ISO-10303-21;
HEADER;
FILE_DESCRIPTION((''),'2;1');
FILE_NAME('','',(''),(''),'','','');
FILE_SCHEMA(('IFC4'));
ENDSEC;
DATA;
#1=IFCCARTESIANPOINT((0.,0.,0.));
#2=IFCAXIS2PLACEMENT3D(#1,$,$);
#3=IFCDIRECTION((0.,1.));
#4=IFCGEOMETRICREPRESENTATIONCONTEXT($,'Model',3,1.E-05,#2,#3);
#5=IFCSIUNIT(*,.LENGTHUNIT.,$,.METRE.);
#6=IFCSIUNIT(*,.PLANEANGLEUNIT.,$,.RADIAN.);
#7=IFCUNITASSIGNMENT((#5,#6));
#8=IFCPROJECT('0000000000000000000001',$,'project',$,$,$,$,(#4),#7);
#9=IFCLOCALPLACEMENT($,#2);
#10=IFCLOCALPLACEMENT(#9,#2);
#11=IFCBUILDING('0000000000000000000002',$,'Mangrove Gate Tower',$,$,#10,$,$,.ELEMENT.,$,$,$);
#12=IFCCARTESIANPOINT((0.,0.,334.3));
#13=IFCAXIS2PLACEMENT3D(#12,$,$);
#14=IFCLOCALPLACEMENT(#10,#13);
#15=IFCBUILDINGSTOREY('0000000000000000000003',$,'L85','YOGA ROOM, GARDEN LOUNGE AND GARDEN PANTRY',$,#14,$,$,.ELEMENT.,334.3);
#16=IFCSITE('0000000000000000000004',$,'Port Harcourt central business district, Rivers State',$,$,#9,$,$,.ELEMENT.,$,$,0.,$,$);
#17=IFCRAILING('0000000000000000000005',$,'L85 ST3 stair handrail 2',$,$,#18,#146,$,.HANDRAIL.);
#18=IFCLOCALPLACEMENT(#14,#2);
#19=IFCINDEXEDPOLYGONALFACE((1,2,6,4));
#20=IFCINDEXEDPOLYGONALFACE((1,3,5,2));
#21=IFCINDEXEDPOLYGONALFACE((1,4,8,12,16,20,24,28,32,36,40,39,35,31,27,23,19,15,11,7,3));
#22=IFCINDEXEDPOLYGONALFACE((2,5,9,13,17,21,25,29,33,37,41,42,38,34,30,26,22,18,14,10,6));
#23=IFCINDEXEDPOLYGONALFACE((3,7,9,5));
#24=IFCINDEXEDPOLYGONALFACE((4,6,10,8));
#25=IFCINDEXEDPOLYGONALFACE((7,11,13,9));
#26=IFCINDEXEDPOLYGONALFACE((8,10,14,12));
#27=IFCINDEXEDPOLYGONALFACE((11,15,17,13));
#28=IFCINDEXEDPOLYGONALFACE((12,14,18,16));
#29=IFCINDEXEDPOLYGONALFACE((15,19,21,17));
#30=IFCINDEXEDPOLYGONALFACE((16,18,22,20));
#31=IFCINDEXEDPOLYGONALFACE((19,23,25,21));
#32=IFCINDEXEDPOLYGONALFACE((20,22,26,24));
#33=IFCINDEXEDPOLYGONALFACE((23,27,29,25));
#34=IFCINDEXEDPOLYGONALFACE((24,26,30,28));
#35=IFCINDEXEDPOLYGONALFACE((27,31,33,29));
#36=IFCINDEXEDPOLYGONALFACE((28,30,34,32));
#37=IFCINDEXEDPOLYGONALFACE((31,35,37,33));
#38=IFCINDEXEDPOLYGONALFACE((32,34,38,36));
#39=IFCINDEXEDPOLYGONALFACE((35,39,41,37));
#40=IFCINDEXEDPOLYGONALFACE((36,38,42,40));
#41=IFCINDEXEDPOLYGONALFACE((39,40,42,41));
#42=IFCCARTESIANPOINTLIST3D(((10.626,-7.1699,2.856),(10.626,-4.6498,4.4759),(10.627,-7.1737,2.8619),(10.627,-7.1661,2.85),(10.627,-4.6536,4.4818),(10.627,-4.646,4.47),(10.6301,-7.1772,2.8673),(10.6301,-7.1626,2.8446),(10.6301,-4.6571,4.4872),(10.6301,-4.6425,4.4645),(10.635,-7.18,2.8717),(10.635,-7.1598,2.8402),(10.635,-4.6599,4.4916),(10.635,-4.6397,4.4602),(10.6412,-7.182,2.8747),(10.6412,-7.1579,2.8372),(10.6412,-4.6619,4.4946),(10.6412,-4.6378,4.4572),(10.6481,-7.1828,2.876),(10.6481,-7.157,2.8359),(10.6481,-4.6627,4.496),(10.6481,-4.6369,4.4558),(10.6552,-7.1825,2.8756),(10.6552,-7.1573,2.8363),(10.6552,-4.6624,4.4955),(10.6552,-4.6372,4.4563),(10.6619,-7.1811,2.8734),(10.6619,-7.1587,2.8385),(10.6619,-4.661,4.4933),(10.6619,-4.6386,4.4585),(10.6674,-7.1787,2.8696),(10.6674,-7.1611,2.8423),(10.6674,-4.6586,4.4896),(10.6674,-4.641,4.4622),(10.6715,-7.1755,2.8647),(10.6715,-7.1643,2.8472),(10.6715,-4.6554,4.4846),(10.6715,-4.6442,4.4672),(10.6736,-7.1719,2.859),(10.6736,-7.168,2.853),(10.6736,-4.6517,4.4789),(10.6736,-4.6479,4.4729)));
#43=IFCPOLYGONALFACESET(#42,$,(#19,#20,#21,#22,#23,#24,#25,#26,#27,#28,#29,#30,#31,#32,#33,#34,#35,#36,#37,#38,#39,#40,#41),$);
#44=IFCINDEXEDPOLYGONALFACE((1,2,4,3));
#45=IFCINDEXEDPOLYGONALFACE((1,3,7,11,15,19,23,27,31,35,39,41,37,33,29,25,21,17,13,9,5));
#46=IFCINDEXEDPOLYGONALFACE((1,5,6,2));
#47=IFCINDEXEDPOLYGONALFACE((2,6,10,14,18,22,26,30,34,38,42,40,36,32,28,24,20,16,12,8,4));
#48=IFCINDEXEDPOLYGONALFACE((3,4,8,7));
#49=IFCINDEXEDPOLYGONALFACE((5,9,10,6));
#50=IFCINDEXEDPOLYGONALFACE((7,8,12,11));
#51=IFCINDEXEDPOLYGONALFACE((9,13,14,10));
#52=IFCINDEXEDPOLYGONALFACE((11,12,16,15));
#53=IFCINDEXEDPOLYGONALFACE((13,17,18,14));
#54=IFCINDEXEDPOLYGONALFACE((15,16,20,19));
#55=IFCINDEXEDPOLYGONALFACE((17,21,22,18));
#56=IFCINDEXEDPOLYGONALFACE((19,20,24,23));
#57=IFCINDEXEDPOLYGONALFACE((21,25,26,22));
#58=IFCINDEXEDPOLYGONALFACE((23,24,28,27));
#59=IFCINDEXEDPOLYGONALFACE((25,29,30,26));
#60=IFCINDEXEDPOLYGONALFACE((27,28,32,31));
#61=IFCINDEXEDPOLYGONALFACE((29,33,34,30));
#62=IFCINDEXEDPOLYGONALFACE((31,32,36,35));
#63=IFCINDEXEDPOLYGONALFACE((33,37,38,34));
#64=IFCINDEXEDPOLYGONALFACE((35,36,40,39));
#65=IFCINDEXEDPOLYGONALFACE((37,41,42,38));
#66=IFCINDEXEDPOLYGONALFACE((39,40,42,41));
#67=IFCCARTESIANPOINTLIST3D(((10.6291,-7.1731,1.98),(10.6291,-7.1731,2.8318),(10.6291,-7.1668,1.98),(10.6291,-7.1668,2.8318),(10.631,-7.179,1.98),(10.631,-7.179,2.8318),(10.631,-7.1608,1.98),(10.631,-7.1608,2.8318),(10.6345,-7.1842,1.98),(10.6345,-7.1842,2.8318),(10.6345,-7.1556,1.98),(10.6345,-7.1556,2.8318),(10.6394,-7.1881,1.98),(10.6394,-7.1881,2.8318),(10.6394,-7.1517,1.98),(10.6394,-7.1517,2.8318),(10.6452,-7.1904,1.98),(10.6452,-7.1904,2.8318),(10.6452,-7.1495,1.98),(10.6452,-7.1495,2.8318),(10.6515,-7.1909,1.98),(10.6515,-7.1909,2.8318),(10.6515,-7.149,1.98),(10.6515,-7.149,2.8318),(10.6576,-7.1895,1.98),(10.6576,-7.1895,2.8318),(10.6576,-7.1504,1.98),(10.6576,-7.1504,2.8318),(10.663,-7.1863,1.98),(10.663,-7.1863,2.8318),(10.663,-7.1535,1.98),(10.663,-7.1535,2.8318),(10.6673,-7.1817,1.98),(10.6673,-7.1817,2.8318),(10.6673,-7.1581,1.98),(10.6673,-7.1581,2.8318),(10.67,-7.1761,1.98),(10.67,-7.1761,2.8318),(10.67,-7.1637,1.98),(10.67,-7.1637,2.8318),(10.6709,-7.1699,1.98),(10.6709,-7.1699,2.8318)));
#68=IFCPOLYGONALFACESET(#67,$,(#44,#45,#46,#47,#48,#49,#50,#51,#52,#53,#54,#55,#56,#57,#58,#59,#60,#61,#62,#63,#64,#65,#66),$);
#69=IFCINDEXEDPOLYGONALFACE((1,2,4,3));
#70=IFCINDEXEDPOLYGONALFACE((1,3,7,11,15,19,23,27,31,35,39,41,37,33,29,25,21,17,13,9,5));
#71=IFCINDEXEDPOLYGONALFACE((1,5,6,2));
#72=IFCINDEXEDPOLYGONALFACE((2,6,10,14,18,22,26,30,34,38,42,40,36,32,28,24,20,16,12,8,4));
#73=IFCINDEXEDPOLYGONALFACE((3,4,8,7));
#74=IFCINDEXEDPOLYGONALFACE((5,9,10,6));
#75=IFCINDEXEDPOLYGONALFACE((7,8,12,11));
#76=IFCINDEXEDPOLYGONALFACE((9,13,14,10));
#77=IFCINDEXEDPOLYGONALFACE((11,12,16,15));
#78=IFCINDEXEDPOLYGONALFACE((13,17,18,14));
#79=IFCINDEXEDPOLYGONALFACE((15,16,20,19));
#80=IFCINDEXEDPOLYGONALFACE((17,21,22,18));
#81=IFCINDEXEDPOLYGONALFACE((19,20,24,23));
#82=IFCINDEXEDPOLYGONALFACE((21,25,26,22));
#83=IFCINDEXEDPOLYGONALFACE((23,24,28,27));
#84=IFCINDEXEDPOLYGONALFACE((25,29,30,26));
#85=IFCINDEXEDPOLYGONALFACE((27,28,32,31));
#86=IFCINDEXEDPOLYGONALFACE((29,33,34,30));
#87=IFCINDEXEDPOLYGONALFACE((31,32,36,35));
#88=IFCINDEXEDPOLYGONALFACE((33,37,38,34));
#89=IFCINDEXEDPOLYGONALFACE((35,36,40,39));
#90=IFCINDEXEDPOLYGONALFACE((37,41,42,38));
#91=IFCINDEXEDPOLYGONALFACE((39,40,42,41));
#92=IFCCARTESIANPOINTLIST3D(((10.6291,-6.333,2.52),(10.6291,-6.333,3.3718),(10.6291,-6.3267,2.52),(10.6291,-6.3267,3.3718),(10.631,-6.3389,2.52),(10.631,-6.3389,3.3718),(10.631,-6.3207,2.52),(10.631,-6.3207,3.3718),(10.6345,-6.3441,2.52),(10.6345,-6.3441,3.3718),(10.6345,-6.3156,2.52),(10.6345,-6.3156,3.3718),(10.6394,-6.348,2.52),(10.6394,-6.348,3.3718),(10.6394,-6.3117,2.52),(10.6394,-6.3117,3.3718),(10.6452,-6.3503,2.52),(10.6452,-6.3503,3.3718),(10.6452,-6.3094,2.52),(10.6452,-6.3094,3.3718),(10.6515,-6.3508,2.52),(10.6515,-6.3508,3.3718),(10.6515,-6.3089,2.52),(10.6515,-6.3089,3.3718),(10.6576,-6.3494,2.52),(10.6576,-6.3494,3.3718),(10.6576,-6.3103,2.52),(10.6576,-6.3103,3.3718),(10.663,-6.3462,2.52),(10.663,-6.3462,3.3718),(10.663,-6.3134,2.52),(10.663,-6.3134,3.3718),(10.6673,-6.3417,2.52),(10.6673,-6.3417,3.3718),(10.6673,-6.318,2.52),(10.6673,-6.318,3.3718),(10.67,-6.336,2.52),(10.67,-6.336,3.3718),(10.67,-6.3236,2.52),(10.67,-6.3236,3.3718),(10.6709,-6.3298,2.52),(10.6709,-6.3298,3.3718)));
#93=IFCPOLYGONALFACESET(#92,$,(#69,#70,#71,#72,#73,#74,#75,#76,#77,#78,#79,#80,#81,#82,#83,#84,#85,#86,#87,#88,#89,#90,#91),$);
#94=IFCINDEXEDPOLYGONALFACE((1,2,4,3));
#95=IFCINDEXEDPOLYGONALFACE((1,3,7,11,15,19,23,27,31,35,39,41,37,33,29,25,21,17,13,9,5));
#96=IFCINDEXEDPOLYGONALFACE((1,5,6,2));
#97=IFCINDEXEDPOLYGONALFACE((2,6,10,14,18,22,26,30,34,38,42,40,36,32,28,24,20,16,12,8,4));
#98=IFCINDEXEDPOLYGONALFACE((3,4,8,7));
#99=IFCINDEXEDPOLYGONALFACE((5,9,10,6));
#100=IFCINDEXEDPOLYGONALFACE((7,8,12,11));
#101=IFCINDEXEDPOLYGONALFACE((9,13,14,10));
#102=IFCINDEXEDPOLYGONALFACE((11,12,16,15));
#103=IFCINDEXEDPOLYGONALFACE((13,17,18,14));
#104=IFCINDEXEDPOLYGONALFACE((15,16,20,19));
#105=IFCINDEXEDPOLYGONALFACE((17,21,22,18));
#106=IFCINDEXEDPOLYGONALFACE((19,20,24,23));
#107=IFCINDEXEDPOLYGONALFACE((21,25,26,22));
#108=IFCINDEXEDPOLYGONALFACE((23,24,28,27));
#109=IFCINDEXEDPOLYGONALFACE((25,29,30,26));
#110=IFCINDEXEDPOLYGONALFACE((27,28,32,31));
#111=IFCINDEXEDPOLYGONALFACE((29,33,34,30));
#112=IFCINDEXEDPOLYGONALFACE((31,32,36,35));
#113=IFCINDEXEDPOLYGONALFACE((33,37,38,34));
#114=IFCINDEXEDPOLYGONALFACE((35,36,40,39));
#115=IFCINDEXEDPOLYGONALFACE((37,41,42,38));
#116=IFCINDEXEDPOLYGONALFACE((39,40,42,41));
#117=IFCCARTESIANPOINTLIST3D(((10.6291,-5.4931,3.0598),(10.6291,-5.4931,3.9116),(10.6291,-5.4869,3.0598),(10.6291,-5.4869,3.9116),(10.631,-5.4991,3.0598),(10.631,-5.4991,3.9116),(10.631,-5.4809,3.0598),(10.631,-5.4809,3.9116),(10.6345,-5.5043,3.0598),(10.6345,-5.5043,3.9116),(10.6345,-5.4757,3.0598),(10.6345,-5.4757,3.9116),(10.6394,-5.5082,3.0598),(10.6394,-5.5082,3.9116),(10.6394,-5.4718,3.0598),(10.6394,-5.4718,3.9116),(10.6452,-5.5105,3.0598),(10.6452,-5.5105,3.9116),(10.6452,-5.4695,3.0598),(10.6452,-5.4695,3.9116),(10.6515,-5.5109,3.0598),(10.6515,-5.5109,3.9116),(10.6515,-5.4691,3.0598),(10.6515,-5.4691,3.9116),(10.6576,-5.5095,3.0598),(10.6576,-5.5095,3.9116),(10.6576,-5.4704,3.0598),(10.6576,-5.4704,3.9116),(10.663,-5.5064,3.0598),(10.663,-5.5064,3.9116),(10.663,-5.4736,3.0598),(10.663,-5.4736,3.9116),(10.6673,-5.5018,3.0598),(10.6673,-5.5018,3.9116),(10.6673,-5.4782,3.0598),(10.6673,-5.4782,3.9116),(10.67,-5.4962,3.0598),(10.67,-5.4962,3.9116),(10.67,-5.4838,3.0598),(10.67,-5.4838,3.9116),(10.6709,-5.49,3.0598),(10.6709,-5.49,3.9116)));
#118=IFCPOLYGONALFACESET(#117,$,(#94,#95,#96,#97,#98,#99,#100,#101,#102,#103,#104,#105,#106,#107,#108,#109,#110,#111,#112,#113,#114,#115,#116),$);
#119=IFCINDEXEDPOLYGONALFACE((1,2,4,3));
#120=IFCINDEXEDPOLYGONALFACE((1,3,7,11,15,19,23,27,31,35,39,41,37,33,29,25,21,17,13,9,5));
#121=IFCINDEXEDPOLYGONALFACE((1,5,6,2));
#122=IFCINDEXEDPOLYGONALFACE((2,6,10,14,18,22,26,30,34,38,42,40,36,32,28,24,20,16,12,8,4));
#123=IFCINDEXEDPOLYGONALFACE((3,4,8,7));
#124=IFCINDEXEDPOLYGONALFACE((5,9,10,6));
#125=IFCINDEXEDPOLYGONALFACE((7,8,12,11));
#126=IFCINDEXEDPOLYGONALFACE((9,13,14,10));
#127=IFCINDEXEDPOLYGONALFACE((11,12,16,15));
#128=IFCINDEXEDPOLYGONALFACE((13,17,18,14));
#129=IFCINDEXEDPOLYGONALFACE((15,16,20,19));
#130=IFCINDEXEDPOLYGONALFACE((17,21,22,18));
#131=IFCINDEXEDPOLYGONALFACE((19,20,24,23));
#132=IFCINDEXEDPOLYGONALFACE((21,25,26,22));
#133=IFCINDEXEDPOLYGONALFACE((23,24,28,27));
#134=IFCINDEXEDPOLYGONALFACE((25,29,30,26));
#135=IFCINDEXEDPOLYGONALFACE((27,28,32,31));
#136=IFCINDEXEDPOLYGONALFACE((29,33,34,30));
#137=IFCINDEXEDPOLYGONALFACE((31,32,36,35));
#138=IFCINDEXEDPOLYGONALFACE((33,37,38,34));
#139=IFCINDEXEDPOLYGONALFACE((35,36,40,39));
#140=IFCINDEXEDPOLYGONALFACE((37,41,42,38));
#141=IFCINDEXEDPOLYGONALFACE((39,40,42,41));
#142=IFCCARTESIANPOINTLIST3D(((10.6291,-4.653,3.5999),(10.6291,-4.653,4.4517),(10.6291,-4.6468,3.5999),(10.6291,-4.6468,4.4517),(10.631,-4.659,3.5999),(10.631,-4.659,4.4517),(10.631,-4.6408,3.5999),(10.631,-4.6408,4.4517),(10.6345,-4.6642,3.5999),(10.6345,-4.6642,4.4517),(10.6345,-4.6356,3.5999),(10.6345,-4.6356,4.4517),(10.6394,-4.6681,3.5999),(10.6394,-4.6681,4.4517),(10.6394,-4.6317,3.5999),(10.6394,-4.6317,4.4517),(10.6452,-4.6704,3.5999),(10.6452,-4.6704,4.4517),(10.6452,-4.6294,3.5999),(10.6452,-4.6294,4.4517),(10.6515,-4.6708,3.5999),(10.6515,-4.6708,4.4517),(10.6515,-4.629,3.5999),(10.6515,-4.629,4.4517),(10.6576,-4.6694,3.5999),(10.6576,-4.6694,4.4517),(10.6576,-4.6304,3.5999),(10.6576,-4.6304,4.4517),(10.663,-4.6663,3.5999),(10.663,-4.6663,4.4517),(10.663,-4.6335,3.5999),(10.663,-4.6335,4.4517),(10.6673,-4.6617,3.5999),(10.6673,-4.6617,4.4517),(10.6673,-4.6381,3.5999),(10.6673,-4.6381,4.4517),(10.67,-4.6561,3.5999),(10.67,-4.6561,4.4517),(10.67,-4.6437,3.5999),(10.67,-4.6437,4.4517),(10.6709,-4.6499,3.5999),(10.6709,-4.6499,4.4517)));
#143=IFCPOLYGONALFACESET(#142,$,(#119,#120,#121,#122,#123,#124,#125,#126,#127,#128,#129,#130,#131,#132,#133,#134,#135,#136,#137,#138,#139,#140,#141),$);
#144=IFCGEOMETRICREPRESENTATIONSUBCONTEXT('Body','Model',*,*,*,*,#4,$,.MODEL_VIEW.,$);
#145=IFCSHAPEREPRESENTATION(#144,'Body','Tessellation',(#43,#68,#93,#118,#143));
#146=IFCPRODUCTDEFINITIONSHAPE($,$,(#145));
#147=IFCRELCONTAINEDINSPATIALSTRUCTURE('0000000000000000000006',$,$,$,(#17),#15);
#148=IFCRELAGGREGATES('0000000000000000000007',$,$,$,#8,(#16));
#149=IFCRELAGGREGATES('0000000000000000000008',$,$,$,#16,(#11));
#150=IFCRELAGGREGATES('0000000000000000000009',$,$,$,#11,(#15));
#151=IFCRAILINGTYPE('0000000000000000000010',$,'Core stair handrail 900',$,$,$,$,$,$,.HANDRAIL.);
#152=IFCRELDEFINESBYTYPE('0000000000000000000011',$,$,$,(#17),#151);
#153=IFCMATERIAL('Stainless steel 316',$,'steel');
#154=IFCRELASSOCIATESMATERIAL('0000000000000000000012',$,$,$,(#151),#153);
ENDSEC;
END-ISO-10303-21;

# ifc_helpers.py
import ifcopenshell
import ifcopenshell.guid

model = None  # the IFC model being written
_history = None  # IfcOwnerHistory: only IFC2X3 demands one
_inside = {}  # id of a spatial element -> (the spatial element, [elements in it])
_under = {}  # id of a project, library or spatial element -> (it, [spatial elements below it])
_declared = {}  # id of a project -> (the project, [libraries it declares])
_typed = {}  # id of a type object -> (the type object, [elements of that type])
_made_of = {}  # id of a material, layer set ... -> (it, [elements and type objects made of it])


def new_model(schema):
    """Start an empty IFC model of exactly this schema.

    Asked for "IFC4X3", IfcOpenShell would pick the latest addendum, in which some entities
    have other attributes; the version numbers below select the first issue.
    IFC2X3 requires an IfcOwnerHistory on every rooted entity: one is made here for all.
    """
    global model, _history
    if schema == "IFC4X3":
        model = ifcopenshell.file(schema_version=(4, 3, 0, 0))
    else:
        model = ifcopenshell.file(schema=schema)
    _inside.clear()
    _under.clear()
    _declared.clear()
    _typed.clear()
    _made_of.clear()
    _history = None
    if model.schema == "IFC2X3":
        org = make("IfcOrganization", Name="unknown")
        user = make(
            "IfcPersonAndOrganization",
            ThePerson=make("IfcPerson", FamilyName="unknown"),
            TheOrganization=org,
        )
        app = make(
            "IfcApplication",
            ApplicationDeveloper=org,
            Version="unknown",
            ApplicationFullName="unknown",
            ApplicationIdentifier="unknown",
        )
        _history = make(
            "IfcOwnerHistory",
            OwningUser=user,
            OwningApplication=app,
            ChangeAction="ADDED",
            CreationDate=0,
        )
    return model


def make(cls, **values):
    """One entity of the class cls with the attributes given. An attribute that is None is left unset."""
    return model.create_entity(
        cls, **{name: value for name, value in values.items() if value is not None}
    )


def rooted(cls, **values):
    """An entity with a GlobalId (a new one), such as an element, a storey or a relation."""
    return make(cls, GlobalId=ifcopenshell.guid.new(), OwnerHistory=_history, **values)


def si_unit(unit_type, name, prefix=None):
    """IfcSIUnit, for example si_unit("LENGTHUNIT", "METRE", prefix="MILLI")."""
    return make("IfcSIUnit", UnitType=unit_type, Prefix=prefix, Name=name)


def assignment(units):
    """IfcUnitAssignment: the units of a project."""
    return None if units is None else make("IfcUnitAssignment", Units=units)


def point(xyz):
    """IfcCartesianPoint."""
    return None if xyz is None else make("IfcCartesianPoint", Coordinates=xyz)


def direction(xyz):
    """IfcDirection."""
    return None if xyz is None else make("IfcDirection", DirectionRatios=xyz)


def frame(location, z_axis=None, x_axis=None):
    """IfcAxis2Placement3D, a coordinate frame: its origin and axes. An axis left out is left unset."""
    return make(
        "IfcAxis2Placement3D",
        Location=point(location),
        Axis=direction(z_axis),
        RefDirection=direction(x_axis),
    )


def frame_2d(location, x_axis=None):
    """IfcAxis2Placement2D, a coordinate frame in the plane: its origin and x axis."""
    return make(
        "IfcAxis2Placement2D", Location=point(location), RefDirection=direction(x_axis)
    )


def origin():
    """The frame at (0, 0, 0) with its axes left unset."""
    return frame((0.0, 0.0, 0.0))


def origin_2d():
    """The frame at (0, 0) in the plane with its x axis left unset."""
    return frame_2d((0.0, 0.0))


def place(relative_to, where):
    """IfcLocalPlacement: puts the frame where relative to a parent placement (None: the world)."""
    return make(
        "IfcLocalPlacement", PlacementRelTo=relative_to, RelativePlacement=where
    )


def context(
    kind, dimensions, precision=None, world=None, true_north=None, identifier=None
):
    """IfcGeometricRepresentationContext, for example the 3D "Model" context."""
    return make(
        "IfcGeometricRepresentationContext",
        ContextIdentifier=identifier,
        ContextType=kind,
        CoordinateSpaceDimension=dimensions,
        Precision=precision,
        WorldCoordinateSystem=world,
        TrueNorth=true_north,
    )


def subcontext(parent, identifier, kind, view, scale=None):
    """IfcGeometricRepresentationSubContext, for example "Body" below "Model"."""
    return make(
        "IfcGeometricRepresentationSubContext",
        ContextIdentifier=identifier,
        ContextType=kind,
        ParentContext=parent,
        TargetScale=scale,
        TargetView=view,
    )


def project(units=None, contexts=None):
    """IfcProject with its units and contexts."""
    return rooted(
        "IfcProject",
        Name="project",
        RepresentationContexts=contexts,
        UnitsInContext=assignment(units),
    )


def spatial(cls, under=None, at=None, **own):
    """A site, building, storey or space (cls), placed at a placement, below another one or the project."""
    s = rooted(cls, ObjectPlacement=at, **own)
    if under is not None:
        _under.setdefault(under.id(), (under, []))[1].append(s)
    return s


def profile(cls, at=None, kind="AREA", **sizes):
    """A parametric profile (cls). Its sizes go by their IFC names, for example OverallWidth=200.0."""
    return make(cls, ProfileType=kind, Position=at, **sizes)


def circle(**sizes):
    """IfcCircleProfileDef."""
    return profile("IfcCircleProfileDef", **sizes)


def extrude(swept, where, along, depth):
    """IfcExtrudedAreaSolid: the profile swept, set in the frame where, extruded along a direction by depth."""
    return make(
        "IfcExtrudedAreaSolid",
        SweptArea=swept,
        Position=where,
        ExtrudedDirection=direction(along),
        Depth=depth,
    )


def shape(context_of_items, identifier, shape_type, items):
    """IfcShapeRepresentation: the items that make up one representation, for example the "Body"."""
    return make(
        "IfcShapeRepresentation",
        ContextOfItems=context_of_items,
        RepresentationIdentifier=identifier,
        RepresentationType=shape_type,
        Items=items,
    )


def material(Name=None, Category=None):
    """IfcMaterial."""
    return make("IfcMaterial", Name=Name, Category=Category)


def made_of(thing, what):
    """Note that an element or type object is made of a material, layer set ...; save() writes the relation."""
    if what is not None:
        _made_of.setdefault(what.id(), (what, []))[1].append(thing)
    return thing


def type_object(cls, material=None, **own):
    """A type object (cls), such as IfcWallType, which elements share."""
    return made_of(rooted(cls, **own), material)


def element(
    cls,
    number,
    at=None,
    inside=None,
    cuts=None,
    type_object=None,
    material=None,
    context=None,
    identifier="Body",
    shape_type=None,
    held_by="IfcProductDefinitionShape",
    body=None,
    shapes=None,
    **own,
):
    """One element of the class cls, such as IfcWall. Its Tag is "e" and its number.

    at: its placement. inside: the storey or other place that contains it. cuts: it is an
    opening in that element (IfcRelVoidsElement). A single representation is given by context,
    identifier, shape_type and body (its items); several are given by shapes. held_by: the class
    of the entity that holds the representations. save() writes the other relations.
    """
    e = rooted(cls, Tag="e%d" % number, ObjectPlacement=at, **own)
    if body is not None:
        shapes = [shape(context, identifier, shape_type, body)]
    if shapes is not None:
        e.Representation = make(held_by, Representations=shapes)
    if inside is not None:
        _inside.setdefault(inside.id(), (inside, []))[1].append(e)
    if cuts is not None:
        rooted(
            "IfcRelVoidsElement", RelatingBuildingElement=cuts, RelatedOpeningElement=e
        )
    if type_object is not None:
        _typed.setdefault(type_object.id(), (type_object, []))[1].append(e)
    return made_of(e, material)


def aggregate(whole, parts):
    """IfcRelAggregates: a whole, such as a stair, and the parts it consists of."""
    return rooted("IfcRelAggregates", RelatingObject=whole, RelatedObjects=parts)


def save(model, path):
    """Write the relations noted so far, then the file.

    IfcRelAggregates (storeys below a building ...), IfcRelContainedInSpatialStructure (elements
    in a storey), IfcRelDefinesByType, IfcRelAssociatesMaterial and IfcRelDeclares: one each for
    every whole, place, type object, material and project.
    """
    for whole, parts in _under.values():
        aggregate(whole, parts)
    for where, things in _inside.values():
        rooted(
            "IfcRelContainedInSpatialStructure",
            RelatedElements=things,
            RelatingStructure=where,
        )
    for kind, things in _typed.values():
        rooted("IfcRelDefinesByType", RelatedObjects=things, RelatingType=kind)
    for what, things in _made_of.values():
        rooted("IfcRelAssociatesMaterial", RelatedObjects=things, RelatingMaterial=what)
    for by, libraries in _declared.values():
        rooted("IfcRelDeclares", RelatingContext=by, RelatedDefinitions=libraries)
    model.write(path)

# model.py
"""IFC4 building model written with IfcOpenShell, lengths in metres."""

from ifc_helpers import new_model, si_unit, direction, frame, origin, origin_2d, place, context, subcontext, project, spatial, circle, extrude, material, type_object, element, save


model = new_model("IFC4")

# Units and contexts
model_context = context("Model", 3, precision=1e-05, world=origin(), true_north=direction((0.0, 1.0)))
body_context = subcontext(model_context, "Body", "Model", "MODEL_VIEW")
ifc_project = project(units=[si_unit("LENGTHUNIT", "METRE"), si_unit("PLANEANGLEUNIT", "RADIAN")], contexts=[model_context])

# Site, building, storey
site_placement = place(None, origin())
site = spatial("IfcSite", under=ifc_project, at=site_placement, Name="Port Harcourt central business district, Rivers State", CompositionType="ELEMENT", RefElevation=0.0)
building_placement = place(site_placement, origin())
building = spatial("IfcBuilding", under=site, at=building_placement, Name="Mangrove Gate Tower", CompositionType="ELEMENT")
storey_placement = place(building_placement, frame((0.0, 0.0, 334.3)))
storey = spatial("IfcBuildingStorey", under=building, at=storey_placement, Name="L85", Description="YOGA ROOM, GARDEN LOUNGE AND GARDEN PANTRY", CompositionType="ELEMENT", Elevation=334.3)

# Railing
ifc_material_1 = material(Name="Stainless steel 316", Category="steel")
railing_type_1 = type_object("IfcRailingType", Name="Core stair handrail 900", PredefinedType="HANDRAIL", material=ifc_material_1)
railing_1_placement = place(storey_placement, frame((10.6499, -7.1699, 1.98)))
element("IfcRailing", 1, at=railing_1_placement, inside=storey, type_object=railing_type_1, Name="L85 ST3 stair handrail 2", PredefinedType="HANDRAIL", context=body_context, shape_type="SweptSolid", body=[
    extrude(circle(Radius=0.0239, at=origin_2d()), frame((0.0, 0.0, 0.876), z_axis=(0.0, 0.8412, 0.540725), x_axis=(-1.0, 0.0, 0.0)), (0.0, 0.0, 1.0), 2.9958),
    extrude(circle(Radius=0.021, at=origin_2d()), origin(), (0.0, 0.0, 1.0), 0.8518),
    extrude(circle(Radius=0.021, at=origin_2d()), frame((0.0, 0.8401, 0.54)), (0.0, 0.0, 1.0), 0.8518),
    extrude(circle(Radius=0.021, at=origin_2d()), frame((0.0, 1.6799, 1.0798)), (0.0, 0.0, 1.0), 0.8518),
    extrude(circle(Radius=0.021, at=origin_2d()), frame((0.0, 2.52, 1.6199)), (0.0, 0.0, 1.0), 0.8518),
])

save(model, "model.ifc")
